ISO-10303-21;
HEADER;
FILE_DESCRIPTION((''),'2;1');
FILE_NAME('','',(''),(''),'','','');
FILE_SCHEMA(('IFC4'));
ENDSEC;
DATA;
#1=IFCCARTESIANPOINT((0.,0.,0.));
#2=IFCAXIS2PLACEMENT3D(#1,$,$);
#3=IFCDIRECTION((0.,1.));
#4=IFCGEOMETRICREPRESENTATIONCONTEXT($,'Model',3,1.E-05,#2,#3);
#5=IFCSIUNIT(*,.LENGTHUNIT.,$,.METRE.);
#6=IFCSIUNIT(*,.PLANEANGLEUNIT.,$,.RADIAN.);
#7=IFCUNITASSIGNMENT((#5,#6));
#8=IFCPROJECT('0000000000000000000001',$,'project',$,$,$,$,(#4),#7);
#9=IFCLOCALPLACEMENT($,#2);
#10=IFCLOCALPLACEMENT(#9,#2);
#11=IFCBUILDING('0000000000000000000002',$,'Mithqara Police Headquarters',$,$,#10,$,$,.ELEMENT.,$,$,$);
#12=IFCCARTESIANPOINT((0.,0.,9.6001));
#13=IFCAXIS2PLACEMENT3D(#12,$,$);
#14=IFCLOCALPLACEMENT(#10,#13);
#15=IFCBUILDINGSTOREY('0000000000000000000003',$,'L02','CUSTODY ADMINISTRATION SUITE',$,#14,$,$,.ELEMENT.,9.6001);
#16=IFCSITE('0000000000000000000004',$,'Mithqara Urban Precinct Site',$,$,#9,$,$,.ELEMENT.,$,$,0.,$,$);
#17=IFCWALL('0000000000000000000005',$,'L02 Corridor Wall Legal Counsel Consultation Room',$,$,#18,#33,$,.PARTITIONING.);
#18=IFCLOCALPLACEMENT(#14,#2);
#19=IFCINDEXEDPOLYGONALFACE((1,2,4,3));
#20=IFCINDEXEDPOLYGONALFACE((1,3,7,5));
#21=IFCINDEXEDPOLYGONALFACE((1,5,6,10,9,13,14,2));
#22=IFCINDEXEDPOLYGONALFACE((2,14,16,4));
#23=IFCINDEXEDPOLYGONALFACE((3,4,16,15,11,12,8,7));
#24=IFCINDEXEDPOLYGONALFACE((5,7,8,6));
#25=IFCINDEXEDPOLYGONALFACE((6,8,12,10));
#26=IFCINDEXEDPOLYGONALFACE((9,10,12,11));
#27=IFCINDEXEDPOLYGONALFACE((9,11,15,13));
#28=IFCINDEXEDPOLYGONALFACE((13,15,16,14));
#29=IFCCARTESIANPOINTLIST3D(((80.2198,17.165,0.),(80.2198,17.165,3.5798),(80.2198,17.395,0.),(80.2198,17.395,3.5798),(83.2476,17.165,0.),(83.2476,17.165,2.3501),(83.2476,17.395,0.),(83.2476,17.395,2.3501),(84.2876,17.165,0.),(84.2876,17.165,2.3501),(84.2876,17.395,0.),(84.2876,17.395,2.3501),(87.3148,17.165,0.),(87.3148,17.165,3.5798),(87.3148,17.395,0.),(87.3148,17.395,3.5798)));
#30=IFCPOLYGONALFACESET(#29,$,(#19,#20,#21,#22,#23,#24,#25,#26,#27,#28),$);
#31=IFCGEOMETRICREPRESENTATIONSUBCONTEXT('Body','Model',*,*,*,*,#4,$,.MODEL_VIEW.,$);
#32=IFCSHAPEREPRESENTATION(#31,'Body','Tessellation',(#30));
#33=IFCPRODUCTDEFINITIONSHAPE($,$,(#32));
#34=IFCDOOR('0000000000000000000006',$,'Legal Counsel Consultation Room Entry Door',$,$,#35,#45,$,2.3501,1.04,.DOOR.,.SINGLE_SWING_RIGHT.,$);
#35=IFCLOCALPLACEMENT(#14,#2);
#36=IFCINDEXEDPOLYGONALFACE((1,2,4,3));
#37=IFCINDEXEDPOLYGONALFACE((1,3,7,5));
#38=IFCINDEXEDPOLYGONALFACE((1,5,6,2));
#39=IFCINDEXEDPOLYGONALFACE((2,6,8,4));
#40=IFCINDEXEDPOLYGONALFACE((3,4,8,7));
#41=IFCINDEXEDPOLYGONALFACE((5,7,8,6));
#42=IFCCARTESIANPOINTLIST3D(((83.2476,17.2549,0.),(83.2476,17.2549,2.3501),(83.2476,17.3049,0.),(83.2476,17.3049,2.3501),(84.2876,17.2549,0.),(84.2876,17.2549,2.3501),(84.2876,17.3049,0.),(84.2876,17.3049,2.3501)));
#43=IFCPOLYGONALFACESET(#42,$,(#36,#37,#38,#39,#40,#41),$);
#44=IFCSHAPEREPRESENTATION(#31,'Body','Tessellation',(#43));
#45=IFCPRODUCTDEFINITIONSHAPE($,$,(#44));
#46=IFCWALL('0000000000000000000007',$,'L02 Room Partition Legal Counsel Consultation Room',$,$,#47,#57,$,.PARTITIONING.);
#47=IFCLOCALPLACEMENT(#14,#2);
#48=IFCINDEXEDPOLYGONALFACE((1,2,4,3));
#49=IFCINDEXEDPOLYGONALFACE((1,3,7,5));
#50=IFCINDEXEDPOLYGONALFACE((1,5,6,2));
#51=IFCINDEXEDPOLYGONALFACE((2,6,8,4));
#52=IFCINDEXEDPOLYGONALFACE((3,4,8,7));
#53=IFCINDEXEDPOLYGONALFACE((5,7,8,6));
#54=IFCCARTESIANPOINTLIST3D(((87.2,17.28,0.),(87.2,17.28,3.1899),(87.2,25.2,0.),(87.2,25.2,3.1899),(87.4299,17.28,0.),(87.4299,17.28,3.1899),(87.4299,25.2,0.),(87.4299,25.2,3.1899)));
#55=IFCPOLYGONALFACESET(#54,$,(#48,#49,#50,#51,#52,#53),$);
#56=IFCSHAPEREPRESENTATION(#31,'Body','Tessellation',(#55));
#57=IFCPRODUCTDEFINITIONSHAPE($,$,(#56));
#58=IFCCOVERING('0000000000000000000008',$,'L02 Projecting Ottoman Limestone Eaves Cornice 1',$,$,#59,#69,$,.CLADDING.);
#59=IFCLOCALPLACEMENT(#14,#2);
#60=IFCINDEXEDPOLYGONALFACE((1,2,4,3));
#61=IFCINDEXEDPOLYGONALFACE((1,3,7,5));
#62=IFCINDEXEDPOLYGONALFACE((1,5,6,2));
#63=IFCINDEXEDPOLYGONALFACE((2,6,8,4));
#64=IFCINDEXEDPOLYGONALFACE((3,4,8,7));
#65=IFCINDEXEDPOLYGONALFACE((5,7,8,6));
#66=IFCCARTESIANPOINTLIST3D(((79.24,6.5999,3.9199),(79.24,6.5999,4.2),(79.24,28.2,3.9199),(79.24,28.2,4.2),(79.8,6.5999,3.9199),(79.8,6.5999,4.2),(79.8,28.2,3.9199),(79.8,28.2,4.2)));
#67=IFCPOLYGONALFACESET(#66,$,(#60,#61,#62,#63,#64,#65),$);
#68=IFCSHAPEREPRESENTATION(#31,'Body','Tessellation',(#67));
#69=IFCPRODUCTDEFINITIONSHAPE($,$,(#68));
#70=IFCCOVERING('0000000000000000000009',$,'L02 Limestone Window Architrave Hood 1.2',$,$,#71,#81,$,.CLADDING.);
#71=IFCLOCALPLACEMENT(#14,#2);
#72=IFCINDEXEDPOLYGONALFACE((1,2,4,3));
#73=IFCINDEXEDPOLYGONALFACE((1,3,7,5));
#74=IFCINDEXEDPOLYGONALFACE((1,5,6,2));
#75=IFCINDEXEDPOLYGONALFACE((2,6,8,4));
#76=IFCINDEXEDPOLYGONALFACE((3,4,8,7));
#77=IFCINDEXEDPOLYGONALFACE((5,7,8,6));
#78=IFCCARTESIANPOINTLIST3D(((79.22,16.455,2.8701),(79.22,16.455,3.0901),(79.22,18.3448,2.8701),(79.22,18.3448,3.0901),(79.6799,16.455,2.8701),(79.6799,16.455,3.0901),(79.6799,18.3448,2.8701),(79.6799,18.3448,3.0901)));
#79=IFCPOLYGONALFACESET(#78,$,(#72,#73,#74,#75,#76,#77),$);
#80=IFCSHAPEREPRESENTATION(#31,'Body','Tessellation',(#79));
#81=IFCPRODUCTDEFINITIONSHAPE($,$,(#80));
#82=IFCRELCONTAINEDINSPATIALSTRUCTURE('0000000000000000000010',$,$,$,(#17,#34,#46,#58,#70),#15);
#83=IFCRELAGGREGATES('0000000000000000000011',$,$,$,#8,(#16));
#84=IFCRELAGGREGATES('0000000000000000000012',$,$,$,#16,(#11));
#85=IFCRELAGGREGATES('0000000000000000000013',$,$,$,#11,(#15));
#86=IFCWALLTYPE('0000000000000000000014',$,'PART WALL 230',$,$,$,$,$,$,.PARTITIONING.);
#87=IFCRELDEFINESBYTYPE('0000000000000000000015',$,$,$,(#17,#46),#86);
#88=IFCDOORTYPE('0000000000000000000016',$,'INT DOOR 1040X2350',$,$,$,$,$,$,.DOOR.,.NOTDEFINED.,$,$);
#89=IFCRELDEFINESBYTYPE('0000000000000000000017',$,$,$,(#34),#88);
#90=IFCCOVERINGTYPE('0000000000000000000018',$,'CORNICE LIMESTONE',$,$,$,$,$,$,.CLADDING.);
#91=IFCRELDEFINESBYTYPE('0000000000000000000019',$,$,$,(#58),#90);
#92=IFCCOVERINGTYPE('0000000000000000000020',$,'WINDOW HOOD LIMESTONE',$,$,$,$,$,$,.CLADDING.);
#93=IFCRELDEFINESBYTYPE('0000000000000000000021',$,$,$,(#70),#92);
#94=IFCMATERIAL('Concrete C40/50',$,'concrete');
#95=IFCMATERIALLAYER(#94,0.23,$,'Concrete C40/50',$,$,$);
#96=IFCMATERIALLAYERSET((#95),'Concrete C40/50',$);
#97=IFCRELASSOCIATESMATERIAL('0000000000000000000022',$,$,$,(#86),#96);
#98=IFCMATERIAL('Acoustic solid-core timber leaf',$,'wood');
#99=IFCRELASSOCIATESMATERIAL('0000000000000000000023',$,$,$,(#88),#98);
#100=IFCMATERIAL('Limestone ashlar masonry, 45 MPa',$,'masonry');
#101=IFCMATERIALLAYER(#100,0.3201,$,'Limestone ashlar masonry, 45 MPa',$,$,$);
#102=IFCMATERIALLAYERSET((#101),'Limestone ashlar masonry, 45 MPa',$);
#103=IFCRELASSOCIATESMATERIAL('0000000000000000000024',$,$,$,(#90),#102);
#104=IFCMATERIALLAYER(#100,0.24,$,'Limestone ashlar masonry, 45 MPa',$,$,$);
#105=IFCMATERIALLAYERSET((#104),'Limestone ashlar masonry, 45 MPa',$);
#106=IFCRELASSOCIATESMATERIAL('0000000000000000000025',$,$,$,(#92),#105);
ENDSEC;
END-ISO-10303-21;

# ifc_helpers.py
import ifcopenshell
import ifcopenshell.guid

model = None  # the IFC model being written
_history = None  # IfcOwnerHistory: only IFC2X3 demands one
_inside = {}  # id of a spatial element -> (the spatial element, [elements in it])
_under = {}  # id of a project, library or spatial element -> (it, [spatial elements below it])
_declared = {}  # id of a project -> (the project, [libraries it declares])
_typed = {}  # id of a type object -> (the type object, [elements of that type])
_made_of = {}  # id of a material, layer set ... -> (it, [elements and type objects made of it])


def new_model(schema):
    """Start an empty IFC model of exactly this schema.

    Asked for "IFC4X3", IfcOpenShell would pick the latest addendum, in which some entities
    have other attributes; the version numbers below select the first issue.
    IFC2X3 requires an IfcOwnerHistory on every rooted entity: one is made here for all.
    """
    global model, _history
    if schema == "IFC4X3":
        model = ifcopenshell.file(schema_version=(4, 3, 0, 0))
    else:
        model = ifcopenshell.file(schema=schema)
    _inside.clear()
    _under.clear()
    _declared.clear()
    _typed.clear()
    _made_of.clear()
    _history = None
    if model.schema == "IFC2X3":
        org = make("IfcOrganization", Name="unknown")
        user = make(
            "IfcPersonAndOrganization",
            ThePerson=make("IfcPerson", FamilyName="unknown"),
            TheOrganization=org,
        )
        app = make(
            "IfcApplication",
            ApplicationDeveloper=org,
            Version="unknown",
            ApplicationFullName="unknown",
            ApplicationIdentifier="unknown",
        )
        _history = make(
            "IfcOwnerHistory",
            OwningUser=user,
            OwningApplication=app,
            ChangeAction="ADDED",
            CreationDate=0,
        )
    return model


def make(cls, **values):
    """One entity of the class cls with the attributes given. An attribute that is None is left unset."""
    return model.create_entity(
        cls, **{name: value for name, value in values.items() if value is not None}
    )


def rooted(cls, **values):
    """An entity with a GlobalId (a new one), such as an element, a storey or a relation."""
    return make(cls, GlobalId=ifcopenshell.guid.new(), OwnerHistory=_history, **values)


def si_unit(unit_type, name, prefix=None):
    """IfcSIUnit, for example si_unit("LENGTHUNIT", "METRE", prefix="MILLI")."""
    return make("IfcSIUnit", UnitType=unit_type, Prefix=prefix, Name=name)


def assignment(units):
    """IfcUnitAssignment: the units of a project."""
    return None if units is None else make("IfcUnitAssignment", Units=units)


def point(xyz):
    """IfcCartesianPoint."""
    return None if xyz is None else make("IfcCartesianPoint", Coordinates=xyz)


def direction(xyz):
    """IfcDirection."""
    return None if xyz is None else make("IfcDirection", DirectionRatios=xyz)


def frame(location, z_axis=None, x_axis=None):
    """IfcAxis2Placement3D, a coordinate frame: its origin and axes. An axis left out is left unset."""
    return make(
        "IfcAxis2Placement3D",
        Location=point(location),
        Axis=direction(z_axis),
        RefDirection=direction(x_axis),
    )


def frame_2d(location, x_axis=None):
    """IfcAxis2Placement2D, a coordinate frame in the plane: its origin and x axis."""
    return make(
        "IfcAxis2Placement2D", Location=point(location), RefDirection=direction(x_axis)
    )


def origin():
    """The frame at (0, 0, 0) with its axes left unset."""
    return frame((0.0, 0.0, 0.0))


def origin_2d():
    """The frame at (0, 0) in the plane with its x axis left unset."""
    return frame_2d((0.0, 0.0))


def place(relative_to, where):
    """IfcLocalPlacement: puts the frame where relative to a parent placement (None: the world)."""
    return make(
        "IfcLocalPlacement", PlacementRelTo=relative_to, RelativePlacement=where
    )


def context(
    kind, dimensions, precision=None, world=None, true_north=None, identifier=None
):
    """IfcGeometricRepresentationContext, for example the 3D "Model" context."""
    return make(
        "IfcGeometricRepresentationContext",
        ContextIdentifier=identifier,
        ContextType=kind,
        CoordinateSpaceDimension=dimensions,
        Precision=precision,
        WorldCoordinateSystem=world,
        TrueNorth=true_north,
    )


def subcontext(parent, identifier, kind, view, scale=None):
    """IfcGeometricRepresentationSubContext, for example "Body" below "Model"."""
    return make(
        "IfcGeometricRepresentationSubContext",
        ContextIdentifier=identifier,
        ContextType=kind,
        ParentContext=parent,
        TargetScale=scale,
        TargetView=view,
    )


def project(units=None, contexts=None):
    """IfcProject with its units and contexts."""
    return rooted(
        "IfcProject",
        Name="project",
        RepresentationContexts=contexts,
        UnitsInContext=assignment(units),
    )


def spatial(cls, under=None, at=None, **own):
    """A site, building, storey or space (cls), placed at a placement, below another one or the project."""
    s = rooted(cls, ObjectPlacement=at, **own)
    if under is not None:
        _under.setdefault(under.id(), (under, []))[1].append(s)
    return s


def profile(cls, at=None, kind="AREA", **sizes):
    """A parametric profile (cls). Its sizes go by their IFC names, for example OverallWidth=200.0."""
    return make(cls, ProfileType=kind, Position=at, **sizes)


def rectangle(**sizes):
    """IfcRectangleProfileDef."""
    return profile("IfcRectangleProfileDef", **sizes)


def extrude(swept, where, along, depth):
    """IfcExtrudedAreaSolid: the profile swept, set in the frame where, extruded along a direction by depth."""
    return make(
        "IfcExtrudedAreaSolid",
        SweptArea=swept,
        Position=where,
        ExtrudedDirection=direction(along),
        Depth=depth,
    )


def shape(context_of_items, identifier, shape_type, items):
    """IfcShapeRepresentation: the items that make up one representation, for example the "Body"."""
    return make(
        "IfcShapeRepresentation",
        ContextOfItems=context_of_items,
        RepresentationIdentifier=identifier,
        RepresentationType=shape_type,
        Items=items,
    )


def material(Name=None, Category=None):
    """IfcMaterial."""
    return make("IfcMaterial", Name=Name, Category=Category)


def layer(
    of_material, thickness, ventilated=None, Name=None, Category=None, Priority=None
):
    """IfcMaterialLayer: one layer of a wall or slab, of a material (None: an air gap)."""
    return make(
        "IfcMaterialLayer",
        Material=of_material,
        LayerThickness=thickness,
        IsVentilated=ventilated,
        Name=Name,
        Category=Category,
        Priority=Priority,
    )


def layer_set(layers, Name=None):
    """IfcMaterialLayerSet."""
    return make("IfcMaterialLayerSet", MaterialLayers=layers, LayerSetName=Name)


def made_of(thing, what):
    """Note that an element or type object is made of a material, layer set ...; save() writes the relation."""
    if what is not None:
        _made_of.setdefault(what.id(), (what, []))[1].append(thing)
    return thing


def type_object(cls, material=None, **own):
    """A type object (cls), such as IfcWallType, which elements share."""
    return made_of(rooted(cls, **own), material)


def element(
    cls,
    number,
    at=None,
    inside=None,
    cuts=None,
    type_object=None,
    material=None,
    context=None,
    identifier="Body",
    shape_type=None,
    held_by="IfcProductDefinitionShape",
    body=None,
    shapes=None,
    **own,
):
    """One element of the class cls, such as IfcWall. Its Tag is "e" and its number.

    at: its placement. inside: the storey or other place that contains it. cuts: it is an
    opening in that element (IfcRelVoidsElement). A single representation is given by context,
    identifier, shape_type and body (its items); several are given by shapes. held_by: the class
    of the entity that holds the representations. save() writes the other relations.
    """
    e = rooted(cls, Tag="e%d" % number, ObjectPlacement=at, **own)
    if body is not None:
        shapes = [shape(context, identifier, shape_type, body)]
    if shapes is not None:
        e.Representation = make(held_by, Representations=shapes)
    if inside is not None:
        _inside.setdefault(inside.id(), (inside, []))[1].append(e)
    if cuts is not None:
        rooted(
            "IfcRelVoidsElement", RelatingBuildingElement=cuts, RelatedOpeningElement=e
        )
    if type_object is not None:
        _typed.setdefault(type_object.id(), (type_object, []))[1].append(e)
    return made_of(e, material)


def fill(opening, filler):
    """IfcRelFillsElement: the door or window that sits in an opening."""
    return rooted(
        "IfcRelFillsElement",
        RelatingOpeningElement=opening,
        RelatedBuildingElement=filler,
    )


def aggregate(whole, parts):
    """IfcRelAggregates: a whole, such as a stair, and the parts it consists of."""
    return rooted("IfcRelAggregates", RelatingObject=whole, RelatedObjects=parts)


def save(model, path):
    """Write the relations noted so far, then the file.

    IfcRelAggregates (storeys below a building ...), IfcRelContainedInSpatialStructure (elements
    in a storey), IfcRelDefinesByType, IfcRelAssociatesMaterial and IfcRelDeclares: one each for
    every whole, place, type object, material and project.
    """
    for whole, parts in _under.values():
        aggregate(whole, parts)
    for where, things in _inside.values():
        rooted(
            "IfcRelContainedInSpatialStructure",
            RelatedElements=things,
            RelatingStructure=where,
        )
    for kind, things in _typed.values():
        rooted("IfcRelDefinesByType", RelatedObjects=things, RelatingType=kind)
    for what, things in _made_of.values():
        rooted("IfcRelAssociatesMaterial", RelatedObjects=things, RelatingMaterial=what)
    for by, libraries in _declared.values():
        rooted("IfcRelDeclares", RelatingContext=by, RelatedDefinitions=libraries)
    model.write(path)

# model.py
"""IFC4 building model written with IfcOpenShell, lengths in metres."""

from ifc_helpers import new_model, si_unit, direction, frame, frame_2d, origin, origin_2d, place, context, subcontext, project, spatial, rectangle, extrude, material, layer, layer_set, type_object, element, fill, save


model = new_model("IFC4")

# Units and contexts
model_context = context("Model", 3, precision=1e-05, world=origin(), true_north=direction((0.0, 1.0)))
body_context = subcontext(model_context, "Body", "Model", "MODEL_VIEW")
ifc_project = project(units=[si_unit("LENGTHUNIT", "METRE"), si_unit("PLANEANGLEUNIT", "RADIAN")], contexts=[model_context])

# Site, building, storey
site_placement = place(None, origin())
site = spatial("IfcSite", under=ifc_project, at=site_placement, Name="Mithqara Urban Precinct Site", CompositionType="ELEMENT", RefElevation=0.0)
building_placement = place(site_placement, origin())
building = spatial("IfcBuilding", under=site, at=building_placement, Name="Mithqara Police Headquarters", CompositionType="ELEMENT")
storey_placement = place(building_placement, frame((0.0, 0.0, 9.6001)))
storey = spatial("IfcBuildingStorey", under=building, at=storey_placement, Name="L02", Description="CUSTODY ADMINISTRATION SUITE", CompositionType="ELEMENT", Elevation=9.6001)

# Shared definitions
ifc_material_1 = material(Name="Concrete C40/50", Category="concrete")

# Wall, opening, door
ifc_material_2 = material(Name="Acoustic solid-core timber leaf", Category="wood")
ifc_layer_1 = layer(ifc_material_1, 0.23, Name="Concrete C40/50")
ifc_layer_set_1 = layer_set([ifc_layer_1], Name="Concrete C40/50")
wall_type_1 = type_object("IfcWallType", Name="PART WALL 230", PredefinedType="PARTITIONING", material=ifc_layer_set_1)
wall_1_placement = place(storey_placement, frame((80.22, 17.28, 0.0), z_axis=(0.0, 0.0, 1.0), x_axis=(1.0, 0.0, 0.0)))
wall_1 = element("IfcWall", 1, at=wall_1_placement, inside=storey, type_object=wall_type_1, Name="L02 Corridor Wall Legal Counsel Consultation Room", PredefinedType="PARTITIONING", context=body_context, shape_type="SweptSolid", body=[
    extrude(rectangle(XDim=7.095, YDim=0.23, at=frame_2d((3.5474, 0.0))), origin(), (0.0, 0.0, 1.0), 3.5798),
])
opening_1_placement = place(wall_1_placement, frame((3.0276, 0.0, 0.0)))
opening_1 = element("IfcOpeningElement", 2, at=opening_1_placement, cuts=wall_1, PredefinedType="OPENING", context=body_context, shape_type="SweptSolid", body=[
    extrude(rectangle(XDim=1.04, YDim=2.3501, at=frame_2d((0.52, 1.175))), frame((0.0, 0.125, 0.0), z_axis=(0.0, -1.0, 0.0), x_axis=(1.0, 0.0, 0.0)), (0.0, 0.0, 1.0), 0.25),
])
door_type_1 = type_object("IfcDoorType", Name="INT DOOR 1040X2350", OperationType="NOTDEFINED", PredefinedType="DOOR", material=ifc_material_2)
door_1_placement = place(opening_1_placement, origin())
door_1 = element("IfcDoor", 3, at=door_1_placement, inside=storey, type_object=door_type_1, Name="Legal Counsel Consultation Room Entry Door", OperationType="SINGLE_SWING_RIGHT", OverallHeight=2.3501, OverallWidth=1.04, PredefinedType="DOOR", context=body_context, shape_type="SweptSolid", body=[
    extrude(rectangle(XDim=1.04, YDim=2.3501, at=frame_2d((0.52, 1.175))), frame((0.0, 0.0249, 0.0), z_axis=(0.0, -1.0, 0.0), x_axis=(1.0, 0.0, 0.0)), (0.0, 0.0, 1.0), 0.05),
])
fill(opening_1, door_1)

# Wall
wall_2_placement = place(storey_placement, frame((87.3149, 17.28, 0.0), z_axis=(0.0, 0.0, 1.0), x_axis=(0.0, 1.0, 0.0)))
element("IfcWall", 4, at=wall_2_placement, inside=storey, type_object=wall_type_1, Name="L02 Room Partition Legal Counsel Consultation Room", PredefinedType="PARTITIONING", context=body_context, shape_type="SweptSolid", body=[
    extrude(rectangle(XDim=7.9199, YDim=0.23, at=frame_2d((3.96, 0.0))), origin(), (0.0, 0.0, 1.0), 3.1899),
])

# Coverings
ifc_material_3 = material(Name="Limestone ashlar masonry, 45 MPa", Category="masonry")
ifc_layer_2 = layer(ifc_material_3, 0.3201, Name="Limestone ashlar masonry, 45 MPa")
ifc_layer_set_2 = layer_set([ifc_layer_2], Name="Limestone ashlar masonry, 45 MPa")
covering_type_1 = type_object("IfcCoveringType", Name="CORNICE LIMESTONE", PredefinedType="CLADDING", material=ifc_layer_set_2)
covering_1_placement = place(storey_placement, frame((79.52, 17.3999, 3.9199), z_axis=(0.0, 0.0, 1.0), x_axis=(0.0, 1.0, 0.0)))
element("IfcCovering", 5, at=covering_1_placement, inside=storey, type_object=covering_type_1, Name="L02 Projecting Ottoman Limestone Eaves Cornice 1", PredefinedType="CLADDING", context=body_context, shape_type="SweptSolid", body=[
    extrude(rectangle(XDim=21.6001, YDim=0.5601, at=origin_2d()), origin(), (0.0, 0.0, 1.0), 0.28),
])
ifc_layer_3 = layer(ifc_material_3, 0.24, Name="Limestone ashlar masonry, 45 MPa")
ifc_layer_set_3 = layer_set([ifc_layer_3], Name="Limestone ashlar masonry, 45 MPa")
covering_type_2 = type_object("IfcCoveringType", Name="WINDOW HOOD LIMESTONE", PredefinedType="CLADDING", material=ifc_layer_set_3)
covering_2_placement = place(storey_placement, frame((79.45, 17.3999, 2.8701), z_axis=(0.0, 0.0, 1.0), x_axis=(0.0, 1.0, 0.0)))
element("IfcCovering", 6, at=covering_2_placement, inside=storey, type_object=covering_type_2, Name="L02 Limestone Window Architrave Hood 1.2", PredefinedType="CLADDING", context=body_context, shape_type="SweptSolid", body=[
    extrude(rectangle(XDim=1.8899, YDim=0.46, at=origin_2d()), origin(), (0.0, 0.0, 1.0), 0.22),
])

save(model, "model.ifc")
